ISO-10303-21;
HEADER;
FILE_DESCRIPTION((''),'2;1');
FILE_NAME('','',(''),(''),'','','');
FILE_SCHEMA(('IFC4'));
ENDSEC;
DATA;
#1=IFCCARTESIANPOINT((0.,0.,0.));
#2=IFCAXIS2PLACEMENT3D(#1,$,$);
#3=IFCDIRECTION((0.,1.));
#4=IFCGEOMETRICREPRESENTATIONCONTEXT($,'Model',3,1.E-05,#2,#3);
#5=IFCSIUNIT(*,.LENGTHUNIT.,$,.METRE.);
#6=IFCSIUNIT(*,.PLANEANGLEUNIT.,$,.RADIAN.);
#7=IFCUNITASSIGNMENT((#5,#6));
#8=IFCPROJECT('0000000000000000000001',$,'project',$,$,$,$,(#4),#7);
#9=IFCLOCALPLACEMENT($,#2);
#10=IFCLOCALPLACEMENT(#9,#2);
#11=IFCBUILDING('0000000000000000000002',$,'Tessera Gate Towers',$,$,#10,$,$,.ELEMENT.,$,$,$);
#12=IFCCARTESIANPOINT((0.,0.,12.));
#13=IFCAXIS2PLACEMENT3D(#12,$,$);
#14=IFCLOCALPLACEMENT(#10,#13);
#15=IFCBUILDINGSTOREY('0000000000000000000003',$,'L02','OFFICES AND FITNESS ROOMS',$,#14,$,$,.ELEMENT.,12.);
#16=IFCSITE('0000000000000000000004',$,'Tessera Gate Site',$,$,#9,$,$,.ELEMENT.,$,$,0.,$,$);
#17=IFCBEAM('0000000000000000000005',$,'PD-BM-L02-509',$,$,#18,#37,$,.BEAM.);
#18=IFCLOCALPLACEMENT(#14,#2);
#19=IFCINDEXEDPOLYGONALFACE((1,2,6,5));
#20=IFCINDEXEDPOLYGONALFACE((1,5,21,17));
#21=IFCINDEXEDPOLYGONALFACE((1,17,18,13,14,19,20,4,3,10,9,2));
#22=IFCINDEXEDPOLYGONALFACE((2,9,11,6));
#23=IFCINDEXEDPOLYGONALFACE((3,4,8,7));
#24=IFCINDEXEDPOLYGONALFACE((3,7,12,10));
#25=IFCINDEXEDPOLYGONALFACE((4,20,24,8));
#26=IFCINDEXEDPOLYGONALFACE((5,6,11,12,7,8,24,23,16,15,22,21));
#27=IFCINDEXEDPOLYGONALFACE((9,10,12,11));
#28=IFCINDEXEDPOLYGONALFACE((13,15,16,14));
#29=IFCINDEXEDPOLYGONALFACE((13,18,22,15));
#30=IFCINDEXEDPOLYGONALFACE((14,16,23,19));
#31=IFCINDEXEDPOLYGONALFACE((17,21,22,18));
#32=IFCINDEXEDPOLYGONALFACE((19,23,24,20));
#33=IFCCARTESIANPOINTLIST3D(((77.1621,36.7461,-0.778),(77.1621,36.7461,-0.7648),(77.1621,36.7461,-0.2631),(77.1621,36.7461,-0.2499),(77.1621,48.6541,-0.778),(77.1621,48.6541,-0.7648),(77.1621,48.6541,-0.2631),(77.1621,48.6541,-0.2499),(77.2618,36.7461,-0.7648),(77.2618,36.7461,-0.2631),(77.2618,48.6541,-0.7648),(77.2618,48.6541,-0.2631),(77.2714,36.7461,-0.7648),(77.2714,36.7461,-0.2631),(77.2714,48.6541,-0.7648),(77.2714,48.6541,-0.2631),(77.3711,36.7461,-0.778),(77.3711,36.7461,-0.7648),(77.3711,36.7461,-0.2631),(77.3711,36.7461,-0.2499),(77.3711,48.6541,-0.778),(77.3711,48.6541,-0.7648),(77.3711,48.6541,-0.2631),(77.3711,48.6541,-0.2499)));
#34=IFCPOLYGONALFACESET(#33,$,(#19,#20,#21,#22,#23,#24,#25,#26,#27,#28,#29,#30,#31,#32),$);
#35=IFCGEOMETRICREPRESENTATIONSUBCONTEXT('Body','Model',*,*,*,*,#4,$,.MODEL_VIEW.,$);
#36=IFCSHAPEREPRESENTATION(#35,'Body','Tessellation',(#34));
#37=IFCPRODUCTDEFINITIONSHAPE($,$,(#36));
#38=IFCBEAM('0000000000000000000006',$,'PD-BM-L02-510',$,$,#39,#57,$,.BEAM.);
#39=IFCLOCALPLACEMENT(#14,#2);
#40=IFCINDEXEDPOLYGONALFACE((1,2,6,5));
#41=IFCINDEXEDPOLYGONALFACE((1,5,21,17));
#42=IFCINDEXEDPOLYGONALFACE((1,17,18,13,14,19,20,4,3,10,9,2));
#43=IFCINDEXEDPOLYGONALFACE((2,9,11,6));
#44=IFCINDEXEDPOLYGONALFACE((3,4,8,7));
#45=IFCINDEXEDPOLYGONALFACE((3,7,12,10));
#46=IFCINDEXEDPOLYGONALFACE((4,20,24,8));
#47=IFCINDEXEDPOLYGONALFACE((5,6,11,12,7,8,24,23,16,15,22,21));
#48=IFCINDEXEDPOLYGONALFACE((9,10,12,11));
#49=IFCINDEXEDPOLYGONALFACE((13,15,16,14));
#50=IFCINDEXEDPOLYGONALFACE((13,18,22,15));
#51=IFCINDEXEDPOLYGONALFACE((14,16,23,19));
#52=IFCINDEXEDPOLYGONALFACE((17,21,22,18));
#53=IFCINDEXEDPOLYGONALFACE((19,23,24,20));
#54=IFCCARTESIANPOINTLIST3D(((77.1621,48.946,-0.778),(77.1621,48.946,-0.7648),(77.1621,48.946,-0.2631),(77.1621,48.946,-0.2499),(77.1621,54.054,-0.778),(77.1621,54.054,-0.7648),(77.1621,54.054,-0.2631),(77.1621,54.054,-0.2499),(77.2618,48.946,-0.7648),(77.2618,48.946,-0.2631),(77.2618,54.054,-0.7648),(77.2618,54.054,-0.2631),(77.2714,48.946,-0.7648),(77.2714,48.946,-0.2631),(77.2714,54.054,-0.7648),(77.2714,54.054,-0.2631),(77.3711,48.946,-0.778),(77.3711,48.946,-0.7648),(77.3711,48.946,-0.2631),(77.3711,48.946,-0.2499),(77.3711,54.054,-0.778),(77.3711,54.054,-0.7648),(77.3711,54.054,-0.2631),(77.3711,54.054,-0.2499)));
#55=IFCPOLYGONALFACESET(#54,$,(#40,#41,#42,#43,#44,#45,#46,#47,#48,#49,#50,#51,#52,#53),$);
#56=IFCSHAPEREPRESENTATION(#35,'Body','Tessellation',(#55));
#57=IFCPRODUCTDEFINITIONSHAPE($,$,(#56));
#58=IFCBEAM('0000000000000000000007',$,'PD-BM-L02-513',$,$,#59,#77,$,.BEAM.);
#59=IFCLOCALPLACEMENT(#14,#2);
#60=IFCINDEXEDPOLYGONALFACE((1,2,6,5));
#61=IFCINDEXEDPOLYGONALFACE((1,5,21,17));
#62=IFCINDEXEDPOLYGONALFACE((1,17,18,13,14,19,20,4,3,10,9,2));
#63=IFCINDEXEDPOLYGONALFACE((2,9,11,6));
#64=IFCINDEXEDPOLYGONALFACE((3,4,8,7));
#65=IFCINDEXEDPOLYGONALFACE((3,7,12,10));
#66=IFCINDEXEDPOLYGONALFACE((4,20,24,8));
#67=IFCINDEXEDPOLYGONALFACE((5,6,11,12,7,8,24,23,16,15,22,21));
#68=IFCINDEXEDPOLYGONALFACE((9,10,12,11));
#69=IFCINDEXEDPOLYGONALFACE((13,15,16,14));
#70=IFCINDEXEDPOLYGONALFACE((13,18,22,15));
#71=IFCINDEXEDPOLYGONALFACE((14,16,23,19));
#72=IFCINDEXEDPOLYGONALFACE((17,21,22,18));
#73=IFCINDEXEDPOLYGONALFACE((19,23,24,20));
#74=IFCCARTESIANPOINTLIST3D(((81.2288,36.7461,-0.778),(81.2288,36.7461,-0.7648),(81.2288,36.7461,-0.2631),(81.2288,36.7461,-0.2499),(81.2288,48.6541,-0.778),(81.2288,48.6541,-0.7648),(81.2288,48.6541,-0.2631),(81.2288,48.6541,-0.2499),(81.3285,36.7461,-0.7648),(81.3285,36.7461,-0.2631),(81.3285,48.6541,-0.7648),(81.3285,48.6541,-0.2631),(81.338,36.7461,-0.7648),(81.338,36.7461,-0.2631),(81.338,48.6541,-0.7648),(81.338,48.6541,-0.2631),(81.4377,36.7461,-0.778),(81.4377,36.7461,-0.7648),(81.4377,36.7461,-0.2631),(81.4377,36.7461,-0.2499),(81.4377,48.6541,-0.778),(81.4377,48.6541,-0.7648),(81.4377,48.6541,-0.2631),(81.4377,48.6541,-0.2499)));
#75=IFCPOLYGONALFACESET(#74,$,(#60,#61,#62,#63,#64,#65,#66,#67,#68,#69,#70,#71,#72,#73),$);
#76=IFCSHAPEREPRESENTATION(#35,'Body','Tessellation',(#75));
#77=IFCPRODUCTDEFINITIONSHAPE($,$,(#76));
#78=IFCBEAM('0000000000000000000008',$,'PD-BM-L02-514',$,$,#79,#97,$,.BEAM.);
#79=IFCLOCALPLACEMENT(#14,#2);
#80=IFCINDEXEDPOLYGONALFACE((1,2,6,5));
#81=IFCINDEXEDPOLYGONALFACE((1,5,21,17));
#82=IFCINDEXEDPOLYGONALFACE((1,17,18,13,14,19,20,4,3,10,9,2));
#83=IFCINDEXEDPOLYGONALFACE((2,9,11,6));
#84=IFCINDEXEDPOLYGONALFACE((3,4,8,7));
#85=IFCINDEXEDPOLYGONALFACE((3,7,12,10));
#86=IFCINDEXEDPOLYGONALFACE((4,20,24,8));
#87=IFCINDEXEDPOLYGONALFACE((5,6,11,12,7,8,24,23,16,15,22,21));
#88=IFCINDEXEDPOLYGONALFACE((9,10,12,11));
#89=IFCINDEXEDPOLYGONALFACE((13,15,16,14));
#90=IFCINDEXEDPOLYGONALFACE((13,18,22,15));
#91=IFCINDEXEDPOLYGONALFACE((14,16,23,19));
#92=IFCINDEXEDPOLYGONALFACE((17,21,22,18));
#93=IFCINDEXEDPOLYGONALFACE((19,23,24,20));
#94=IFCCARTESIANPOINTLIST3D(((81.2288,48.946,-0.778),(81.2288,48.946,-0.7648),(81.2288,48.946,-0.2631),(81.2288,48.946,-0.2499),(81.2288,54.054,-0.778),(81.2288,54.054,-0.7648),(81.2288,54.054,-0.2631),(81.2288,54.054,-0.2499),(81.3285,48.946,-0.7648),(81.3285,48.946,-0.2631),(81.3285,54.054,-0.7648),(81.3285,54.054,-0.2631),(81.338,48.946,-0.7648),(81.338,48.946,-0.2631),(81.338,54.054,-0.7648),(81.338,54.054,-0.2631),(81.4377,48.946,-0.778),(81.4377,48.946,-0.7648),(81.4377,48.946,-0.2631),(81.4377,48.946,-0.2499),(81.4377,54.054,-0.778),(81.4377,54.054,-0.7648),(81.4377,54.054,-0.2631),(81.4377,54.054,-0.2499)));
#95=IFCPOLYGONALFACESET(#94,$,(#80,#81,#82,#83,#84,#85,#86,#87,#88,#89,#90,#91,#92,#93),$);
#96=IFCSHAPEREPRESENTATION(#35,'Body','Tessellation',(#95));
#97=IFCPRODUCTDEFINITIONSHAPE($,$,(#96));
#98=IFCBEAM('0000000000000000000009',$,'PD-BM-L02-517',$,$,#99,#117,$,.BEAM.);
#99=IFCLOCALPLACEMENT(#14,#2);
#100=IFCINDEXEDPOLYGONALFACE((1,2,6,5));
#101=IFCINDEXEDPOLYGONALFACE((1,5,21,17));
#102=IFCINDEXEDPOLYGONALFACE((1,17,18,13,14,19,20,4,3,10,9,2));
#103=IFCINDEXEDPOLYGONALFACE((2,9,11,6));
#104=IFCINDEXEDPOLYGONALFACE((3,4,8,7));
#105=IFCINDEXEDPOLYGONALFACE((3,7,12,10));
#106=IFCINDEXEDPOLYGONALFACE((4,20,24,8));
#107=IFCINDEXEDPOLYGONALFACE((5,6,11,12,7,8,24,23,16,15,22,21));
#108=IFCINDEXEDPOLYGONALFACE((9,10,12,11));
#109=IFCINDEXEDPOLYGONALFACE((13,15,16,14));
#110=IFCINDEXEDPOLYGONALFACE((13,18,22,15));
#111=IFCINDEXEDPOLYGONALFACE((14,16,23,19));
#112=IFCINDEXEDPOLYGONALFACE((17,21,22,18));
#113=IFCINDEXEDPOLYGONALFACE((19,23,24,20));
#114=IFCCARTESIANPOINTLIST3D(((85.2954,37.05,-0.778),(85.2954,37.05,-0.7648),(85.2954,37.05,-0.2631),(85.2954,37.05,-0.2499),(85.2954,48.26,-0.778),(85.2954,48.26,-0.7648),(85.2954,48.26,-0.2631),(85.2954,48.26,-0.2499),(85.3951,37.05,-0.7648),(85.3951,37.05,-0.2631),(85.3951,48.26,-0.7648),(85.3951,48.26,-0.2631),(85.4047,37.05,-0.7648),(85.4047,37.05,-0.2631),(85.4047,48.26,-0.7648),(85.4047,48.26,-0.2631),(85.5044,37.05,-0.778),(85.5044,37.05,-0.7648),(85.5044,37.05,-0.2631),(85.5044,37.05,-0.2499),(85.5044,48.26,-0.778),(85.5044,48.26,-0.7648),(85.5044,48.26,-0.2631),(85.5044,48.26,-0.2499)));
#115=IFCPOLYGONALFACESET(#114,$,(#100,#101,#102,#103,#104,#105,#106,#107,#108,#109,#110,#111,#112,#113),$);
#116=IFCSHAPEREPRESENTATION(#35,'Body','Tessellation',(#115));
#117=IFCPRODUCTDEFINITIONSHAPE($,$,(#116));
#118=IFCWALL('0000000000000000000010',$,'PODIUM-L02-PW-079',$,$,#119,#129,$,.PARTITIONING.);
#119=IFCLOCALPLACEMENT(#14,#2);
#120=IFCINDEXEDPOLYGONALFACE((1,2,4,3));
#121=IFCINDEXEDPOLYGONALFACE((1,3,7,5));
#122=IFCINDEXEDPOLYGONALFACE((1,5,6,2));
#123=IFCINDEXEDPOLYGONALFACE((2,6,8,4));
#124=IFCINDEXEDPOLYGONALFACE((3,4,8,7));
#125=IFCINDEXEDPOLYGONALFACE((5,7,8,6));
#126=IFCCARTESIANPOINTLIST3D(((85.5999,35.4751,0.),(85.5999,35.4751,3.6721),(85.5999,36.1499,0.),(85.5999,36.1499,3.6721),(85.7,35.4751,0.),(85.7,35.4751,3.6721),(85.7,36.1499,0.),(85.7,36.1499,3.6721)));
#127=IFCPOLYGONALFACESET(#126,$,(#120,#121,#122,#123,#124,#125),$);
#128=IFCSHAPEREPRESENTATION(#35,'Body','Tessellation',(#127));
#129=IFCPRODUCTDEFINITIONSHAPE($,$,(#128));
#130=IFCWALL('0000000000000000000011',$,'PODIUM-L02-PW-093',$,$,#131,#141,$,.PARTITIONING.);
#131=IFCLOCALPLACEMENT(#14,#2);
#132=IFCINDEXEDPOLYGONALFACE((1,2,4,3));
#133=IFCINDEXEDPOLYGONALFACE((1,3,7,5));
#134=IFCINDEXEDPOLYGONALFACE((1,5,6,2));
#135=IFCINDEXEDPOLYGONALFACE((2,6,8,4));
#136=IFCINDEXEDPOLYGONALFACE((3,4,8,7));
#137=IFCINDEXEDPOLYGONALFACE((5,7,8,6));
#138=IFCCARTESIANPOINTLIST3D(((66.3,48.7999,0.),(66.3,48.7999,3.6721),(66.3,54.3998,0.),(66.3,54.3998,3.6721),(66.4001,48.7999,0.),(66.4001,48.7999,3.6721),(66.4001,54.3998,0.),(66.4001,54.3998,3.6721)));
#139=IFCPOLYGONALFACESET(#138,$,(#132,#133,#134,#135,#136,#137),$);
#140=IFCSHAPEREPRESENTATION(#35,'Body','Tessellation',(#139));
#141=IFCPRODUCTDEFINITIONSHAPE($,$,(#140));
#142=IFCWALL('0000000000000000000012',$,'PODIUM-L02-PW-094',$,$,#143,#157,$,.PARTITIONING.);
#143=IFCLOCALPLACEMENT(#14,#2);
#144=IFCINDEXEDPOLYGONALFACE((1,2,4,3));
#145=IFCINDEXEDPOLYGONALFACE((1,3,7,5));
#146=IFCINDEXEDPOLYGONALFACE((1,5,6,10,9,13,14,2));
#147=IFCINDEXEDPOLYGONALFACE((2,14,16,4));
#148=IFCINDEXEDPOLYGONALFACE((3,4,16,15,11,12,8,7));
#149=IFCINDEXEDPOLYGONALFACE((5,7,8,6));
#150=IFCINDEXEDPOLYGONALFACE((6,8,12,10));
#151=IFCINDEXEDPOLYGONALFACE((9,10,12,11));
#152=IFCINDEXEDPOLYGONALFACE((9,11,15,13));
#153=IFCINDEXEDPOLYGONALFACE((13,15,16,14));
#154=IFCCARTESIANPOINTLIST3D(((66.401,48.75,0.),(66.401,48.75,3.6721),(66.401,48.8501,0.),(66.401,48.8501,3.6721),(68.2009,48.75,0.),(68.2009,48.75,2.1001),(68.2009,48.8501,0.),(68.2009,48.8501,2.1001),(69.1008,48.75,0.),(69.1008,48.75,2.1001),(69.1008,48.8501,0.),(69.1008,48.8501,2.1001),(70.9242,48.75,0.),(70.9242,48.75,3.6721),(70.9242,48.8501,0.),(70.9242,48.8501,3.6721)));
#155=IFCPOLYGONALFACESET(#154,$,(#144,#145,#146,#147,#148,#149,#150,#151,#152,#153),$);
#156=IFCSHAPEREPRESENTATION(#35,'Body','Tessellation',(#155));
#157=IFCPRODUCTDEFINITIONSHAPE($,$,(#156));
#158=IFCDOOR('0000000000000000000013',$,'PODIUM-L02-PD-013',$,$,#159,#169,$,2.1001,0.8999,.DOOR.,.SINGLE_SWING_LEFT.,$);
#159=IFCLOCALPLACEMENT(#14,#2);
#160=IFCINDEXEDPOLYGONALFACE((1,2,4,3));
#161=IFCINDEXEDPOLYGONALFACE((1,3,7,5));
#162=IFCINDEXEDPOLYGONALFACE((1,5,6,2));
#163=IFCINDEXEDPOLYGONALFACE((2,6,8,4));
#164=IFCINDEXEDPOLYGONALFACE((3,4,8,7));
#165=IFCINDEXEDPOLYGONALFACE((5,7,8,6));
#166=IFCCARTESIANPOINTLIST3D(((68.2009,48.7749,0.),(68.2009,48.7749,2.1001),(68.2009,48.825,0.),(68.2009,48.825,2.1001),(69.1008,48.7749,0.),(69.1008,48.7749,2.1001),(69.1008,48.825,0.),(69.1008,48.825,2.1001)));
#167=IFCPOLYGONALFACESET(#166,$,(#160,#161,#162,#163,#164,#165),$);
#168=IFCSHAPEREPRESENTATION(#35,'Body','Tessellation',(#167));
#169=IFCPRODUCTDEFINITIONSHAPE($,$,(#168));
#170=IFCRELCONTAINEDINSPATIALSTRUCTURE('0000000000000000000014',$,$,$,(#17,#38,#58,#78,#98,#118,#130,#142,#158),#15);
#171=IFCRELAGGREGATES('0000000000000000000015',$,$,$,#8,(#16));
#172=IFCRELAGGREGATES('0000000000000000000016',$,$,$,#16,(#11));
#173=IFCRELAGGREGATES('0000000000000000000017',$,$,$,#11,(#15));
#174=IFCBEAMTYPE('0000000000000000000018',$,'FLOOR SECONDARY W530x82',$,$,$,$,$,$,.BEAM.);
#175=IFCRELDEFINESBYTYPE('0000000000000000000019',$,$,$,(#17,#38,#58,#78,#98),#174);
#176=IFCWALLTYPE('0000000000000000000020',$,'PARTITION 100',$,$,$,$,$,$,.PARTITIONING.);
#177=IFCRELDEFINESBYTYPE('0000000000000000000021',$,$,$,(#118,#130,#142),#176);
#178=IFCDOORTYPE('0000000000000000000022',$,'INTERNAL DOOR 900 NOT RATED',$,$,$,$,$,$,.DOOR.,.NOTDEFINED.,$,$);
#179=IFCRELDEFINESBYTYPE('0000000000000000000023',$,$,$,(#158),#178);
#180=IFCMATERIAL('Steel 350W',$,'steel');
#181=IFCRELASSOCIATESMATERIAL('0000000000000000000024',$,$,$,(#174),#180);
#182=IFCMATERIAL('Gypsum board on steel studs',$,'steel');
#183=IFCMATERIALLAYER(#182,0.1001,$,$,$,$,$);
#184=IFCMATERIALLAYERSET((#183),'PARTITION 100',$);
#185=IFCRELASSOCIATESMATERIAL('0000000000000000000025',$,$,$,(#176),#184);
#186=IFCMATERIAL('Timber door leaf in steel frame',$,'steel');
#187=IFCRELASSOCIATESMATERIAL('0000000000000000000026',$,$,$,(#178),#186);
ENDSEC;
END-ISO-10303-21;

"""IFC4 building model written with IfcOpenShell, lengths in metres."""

from ifc_helpers import new_model, si_unit, direction, frame, frame_2d, origin, origin_2d, place, context, subcontext, project, spatial, rectangle, i_section, extrude, source, transform, mapped, material, layer, layer_set, material_profile, profile_set, type_object, element, fill, save


model = new_model("IFC4")

# Units and contexts
model_context = context("Model", 3, precision=1e-05, world=origin(), true_north=direction((0.0, 1.0)))
body_context = subcontext(model_context, "Body", "Model", "MODEL_VIEW")
ifc_project = project(units=[si_unit("LENGTHUNIT", "METRE"), si_unit("PLANEANGLEUNIT", "RADIAN")], contexts=[model_context])

# Site, building, storey
site_placement = place(None, origin())
site = spatial("IfcSite", under=ifc_project, at=site_placement, Name="Tessera Gate Site", CompositionType="ELEMENT", RefElevation=0.0)
building_placement = place(site_placement, origin())
building = spatial("IfcBuilding", under=site, at=building_placement, Name="Tessera Gate Towers", CompositionType="ELEMENT")
storey_placement = place(building_placement, frame((0.0, 0.0, 12.0)))
storey = spatial("IfcBuildingStorey", under=building, at=storey_placement, Name="L02", Description="OFFICES AND FITNESS ROOMS", CompositionType="ELEMENT", Elevation=12.0)

# Beams
ifc_material_1 = material(Name="Steel 350W", Category="steel")
ifc_material_profile_1 = material_profile(ifc_material_1, i_section(OverallWidth=0.209, OverallDepth=0.5281, WebThickness=0.0095, FlangeThickness=0.0132, at=origin_2d()), Name="W530x82")
ifc_profile_set_1 = profile_set([ifc_material_profile_1], Name="Steel 350W")
beam_type_1 = type_object("IfcBeamType", Name="FLOOR SECONDARY W530x82", PredefinedType="BEAM", material=ifc_profile_set_1)
beam_1_placement = place(storey_placement, frame((77.2666, 36.7461, -0.5139), z_axis=(0.0, 1.0, 0.0), x_axis=(-1.0, 0.0, 0.0)))
element("IfcBeam", 1, at=beam_1_placement, inside=storey, type_object=beam_type_1, Name="PD-BM-L02-509", PredefinedType="BEAM", context=body_context, shape_type="SweptSolid", body=[
    extrude(i_section(OverallWidth=0.209, OverallDepth=0.5281, WebThickness=0.0095, FlangeThickness=0.0132, at=origin_2d()), origin(), (0.0, 0.0, 1.0), 11.908),
])
beam_2_placement = place(storey_placement, frame((77.2666, 48.946, -0.5139), z_axis=(0.0, 1.0, 0.0), x_axis=(-1.0, 0.0, 0.0)))
element("IfcBeam", 2, at=beam_2_placement, inside=storey, type_object=beam_type_1, Name="PD-BM-L02-510", PredefinedType="BEAM", context=body_context, shape_type="SweptSolid", body=[
    extrude(i_section(OverallWidth=0.209, OverallDepth=0.5281, WebThickness=0.0095, FlangeThickness=0.0132, at=origin_2d()), origin(), (0.0, 0.0, 1.0), 5.1079),
])
beam_3_placement = place(storey_placement, frame((81.3333, 36.7461, -0.5139), z_axis=(0.0, 1.0, 0.0), x_axis=(-1.0, 0.0, 0.0)))
element("IfcBeam", 3, at=beam_3_placement, inside=storey, type_object=beam_type_1, Name="PD-BM-L02-513", PredefinedType="BEAM", context=body_context, shape_type="SweptSolid", body=[
    extrude(i_section(OverallWidth=0.209, OverallDepth=0.5281, WebThickness=0.0095, FlangeThickness=0.0132, at=origin_2d()), origin(), (0.0, 0.0, 1.0), 11.908),
])
beam_4_placement = place(storey_placement, frame((81.3333, 48.946, -0.5139), z_axis=(0.0, 1.0, 0.0), x_axis=(-1.0, 0.0, 0.0)))
element("IfcBeam", 4, at=beam_4_placement, inside=storey, type_object=beam_type_1, Name="PD-BM-L02-514", PredefinedType="BEAM", context=body_context, shape_type="SweptSolid", body=[
    extrude(i_section(OverallWidth=0.209, OverallDepth=0.5281, WebThickness=0.0095, FlangeThickness=0.0132, at=origin_2d()), origin(), (0.0, 0.0, 1.0), 5.1079),
])
beam_5_placement = place(storey_placement, frame((85.3999, 37.05, -0.5139), z_axis=(0.0, 1.0, 0.0), x_axis=(-1.0, 0.0, 0.0)))
element("IfcBeam", 5, at=beam_5_placement, inside=storey, type_object=beam_type_1, Name="PD-BM-L02-517", PredefinedType="BEAM", context=body_context, shape_type="SweptSolid", body=[
    extrude(i_section(OverallWidth=0.209, OverallDepth=0.5281, WebThickness=0.0095, FlangeThickness=0.0132, at=origin_2d()), origin(), (0.0, 0.0, 1.0), 11.21),
])

# Walls
ifc_material_2 = material(Name="Gypsum board on steel studs", Category="steel")
ifc_layer_1 = layer(ifc_material_2, 0.1001)
ifc_layer_set_1 = layer_set([ifc_layer_1], Name="PARTITION 100")
wall_type_1 = type_object("IfcWallType", Name="PARTITION 100", PredefinedType="PARTITIONING", material=ifc_layer_set_1)
wall_1_placement = place(storey_placement, frame((85.6499, 36.1499, 0.0), z_axis=(0.0, 0.0, 1.0), x_axis=(0.0, -1.0, 0.0)))
element("IfcWall", 6, at=wall_1_placement, inside=storey, type_object=wall_type_1, Name="PODIUM-L02-PW-079", PredefinedType="PARTITIONING", context=body_context, shape_type="SweptSolid", body=[
    extrude(rectangle(XDim=0.6748, YDim=0.1001, at=frame_2d((0.3374, 0.0))), origin(), (0.0, 0.0, 1.0), 3.6721),
])
wall_2_placement = place(storey_placement, frame((66.3501, 48.8, 0.0), z_axis=(0.0, 0.0, 1.0), x_axis=(0.0, 1.0, 0.0)))
element("IfcWall", 7, at=wall_2_placement, inside=storey, type_object=wall_type_1, Name="PODIUM-L02-PW-093", PredefinedType="PARTITIONING", context=body_context, shape_type="SweptSolid", body=[
    extrude(rectangle(XDim=5.5999, YDim=0.1001, at=frame_2d((2.7998, 0.0))), origin(), (0.0, 0.0, 1.0), 3.6721),
])

# Wall, opening, door
wall_3_placement = place(storey_placement, frame((66.4009, 48.8, 0.0), z_axis=(0.0, 0.0, 1.0), x_axis=(1.0, 0.0, 0.0)))
wall_3 = element("IfcWall", 8, at=wall_3_placement, inside=storey, type_object=wall_type_1, Name="PODIUM-L02-PW-094", PredefinedType="PARTITIONING", context=body_context, shape_type="SweptSolid", body=[
    extrude(rectangle(XDim=4.5232, YDim=0.1001, at=frame_2d((2.2617, 0.0))), origin(), (0.0, 0.0, 1.0), 3.6721),
])
shared_shape_1 = source(origin(), body_context, "Body", "SweptSolid", [
    extrude(rectangle(XDim=0.8999, YDim=2.1001, at=frame_2d((0.45, 1.05))), frame((0.0, 0.0601, 0.0), z_axis=(0.0, -1.0, 0.0), x_axis=(1.0, 0.0, 0.0)), (0.0, 0.0, 1.0), 0.1201),
])
opening_1_placement = place(wall_3_placement, frame((1.8, 0.0, 0.0)))
opening_1 = element("IfcOpeningElement", 9, at=opening_1_placement, cuts=wall_3, PredefinedType="OPENING", context=body_context, shape_type="MappedRepresentation", body=[
    mapped(shared_shape_1, transform((0.0, 0.0, 0.0), scale=1.0)),
])
ifc_material_3 = material(Name="Timber door leaf in steel frame", Category="steel")
door_type = type_object("IfcDoorType", Name="INTERNAL DOOR 900 NOT RATED", OperationType="NOTDEFINED", PredefinedType="DOOR", material=ifc_material_3)
shared_shape_2 = source(origin(), body_context, "Body", "SweptSolid", [
    extrude(rectangle(XDim=0.8999, YDim=2.1001, at=frame_2d((0.45, 1.05))), frame((0.0, 0.0249, 0.0), z_axis=(0.0, -1.0, 0.0), x_axis=(1.0, 0.0, 0.0)), (0.0, 0.0, 1.0), 0.05),
])
door_1_placement = place(opening_1_placement, origin())
door_1 = element("IfcDoor", 10, at=door_1_placement, inside=storey, type_object=door_type, Name="PODIUM-L02-PD-013", OperationType="SINGLE_SWING_LEFT", OverallHeight=2.1001, OverallWidth=0.8999, PredefinedType="DOOR", context=body_context, shape_type="MappedRepresentation", body=[
    mapped(shared_shape_2, transform((0.0, 0.0, 0.0), scale=1.0)),
])
fill(opening_1, door_1)

save(model, "model.ifc")
